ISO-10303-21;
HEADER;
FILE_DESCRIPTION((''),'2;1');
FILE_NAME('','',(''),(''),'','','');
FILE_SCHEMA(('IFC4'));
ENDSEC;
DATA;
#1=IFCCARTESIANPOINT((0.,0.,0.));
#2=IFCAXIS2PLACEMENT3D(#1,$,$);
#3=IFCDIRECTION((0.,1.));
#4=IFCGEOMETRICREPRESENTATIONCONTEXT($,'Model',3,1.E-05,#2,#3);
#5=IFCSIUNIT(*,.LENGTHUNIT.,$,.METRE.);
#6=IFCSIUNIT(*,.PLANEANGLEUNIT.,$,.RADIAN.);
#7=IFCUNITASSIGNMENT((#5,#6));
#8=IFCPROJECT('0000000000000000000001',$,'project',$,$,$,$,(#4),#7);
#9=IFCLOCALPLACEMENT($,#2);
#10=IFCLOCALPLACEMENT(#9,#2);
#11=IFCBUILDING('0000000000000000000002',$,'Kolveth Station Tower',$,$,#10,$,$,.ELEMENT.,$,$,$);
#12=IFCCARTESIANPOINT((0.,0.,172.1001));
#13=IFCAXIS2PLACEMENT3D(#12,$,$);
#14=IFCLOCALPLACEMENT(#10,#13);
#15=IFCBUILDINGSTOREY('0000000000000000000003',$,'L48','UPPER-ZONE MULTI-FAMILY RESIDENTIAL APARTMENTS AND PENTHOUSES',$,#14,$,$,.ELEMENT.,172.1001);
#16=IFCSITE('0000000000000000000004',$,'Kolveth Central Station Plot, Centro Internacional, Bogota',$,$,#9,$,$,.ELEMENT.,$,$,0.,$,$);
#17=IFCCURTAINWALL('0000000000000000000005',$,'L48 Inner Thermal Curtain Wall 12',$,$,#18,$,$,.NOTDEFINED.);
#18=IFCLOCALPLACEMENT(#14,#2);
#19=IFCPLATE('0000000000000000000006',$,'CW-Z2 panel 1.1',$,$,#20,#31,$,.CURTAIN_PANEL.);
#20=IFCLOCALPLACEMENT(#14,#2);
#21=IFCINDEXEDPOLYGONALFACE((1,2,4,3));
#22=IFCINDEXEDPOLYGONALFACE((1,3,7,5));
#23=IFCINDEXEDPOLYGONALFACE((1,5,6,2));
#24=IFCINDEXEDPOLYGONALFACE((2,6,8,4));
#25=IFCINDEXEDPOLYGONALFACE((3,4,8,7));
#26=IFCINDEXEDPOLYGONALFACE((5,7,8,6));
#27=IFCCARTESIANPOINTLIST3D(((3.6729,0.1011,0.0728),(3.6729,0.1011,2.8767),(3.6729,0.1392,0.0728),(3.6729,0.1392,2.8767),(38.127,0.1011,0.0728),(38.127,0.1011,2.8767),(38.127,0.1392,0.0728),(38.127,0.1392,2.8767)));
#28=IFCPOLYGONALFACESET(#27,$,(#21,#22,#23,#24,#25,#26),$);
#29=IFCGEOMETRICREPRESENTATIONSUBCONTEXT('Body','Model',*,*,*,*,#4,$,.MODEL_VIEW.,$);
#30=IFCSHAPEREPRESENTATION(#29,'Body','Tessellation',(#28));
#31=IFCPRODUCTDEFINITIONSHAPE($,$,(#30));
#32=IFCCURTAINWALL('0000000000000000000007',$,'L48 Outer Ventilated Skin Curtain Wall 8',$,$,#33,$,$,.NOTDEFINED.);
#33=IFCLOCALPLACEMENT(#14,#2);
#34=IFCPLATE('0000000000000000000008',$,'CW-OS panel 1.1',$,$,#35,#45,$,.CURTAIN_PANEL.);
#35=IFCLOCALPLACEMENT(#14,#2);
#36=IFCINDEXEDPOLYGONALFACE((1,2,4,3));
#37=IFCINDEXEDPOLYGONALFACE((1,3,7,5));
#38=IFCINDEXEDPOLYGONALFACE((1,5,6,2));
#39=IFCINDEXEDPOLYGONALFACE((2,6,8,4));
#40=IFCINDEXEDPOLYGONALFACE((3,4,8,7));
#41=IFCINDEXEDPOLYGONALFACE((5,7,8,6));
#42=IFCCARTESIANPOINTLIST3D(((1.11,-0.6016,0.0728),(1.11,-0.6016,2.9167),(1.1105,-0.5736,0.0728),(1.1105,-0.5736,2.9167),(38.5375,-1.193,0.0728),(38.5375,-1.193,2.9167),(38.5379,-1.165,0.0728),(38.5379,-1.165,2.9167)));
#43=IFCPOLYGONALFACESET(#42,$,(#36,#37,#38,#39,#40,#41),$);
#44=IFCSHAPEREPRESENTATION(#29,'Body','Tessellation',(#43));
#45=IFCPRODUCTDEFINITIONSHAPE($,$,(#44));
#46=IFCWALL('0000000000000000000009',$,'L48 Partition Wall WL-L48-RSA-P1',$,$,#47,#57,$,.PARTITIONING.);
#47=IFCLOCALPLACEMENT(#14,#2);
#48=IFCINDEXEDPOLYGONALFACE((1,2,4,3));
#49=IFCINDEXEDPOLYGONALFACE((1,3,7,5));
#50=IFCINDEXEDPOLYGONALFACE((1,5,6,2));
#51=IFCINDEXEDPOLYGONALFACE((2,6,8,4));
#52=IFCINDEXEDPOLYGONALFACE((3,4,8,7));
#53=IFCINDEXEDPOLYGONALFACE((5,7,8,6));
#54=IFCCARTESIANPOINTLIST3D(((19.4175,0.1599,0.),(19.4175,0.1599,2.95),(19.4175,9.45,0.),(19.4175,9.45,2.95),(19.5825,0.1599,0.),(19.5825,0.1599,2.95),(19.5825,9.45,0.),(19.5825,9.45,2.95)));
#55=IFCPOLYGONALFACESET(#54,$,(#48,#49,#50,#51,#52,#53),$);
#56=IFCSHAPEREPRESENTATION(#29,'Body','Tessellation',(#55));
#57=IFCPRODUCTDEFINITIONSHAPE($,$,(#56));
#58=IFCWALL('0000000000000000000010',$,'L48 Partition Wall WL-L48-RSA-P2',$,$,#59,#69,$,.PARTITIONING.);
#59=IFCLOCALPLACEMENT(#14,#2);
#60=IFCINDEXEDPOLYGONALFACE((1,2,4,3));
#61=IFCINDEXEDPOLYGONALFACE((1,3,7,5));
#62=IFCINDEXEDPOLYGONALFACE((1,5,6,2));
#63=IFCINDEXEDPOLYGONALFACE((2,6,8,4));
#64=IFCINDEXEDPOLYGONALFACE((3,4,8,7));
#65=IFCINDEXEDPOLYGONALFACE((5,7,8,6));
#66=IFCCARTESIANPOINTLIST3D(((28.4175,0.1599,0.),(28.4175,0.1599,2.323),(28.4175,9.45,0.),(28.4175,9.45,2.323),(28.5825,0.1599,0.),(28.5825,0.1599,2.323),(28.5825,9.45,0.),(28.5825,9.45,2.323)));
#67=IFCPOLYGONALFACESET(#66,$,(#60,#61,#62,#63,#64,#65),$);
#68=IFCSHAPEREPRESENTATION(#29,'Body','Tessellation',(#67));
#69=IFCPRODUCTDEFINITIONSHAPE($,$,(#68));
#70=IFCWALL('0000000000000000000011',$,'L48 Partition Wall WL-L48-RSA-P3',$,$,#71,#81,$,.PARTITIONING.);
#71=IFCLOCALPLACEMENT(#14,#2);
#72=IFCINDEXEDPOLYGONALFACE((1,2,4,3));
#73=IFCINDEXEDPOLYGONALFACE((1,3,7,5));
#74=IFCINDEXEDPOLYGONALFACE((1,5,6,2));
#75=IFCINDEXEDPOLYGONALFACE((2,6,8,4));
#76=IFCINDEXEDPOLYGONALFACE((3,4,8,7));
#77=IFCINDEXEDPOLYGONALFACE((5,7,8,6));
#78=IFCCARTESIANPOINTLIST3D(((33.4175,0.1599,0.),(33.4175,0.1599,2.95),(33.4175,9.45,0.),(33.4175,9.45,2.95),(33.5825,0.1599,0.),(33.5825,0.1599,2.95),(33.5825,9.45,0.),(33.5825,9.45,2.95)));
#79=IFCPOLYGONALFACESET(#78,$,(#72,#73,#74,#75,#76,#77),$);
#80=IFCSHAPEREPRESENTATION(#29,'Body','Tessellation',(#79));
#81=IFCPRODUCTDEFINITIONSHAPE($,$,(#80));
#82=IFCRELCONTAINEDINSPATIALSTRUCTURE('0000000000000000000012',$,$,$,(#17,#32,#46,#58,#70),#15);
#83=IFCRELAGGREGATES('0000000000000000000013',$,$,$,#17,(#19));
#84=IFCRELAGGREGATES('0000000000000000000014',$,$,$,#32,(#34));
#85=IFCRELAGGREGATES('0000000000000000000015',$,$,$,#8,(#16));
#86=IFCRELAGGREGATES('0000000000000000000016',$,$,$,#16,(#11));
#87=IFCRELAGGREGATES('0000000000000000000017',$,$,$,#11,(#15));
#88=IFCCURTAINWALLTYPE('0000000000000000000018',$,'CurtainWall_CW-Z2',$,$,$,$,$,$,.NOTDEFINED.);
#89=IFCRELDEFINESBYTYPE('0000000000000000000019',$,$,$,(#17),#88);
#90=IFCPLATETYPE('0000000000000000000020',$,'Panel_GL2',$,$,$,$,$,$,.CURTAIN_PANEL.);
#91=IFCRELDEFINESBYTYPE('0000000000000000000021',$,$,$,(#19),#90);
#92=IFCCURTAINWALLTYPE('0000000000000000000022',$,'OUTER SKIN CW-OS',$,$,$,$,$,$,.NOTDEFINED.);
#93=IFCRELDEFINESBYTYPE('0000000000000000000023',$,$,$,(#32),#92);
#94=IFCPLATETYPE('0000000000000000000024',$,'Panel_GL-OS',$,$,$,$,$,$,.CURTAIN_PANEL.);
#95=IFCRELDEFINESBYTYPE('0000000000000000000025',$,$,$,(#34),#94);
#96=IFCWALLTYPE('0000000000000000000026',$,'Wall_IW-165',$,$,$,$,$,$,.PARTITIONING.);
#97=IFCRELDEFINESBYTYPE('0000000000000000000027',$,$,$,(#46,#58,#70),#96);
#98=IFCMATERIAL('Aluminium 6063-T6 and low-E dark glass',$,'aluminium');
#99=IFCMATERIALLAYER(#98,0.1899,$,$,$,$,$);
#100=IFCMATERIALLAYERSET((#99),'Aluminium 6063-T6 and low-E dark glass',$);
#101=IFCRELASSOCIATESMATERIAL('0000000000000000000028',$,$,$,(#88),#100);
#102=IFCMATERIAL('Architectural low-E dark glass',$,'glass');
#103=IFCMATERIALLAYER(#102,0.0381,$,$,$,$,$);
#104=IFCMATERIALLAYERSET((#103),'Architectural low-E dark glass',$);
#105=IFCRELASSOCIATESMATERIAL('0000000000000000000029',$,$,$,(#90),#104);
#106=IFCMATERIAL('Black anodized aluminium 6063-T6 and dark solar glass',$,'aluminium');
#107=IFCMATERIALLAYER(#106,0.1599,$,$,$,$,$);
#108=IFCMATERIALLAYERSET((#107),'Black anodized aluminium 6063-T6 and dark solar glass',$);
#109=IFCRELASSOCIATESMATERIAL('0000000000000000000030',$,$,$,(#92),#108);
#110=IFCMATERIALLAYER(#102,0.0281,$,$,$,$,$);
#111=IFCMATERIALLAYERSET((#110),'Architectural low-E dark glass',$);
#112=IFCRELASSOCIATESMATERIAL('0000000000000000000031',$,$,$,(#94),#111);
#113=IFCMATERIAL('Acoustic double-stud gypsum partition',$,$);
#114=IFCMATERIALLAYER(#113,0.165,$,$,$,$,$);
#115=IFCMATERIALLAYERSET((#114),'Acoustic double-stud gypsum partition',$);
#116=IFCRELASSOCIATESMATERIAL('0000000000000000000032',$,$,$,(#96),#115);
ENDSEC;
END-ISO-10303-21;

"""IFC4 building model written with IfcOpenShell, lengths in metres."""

from ifc_helpers import new_model, si_unit, direction, frame, frame_2d, origin, origin_2d, place, context, subcontext, project, spatial, rectangle, extrude, source, transform, mapped, material, layer, layer_set, type_object, element, aggregate, save


model = new_model("IFC4")

# Units and contexts
model_context = context("Model", 3, precision=1e-05, world=origin(), true_north=direction((0.0, 1.0)))
body_context = subcontext(model_context, "Body", "Model", "MODEL_VIEW")
ifc_project = project(units=[si_unit("LENGTHUNIT", "METRE"), si_unit("PLANEANGLEUNIT", "RADIAN")], contexts=[model_context])

# Site, building, storey
site_placement = place(None, origin())
site = spatial("IfcSite", under=ifc_project, at=site_placement, Name="Kolveth Central Station Plot, Centro Internacional, Bogota", CompositionType="ELEMENT", RefElevation=0.0)
building_placement = place(site_placement, origin())
building = spatial("IfcBuilding", under=site, at=building_placement, Name="Kolveth Station Tower", CompositionType="ELEMENT")
storey_placement = place(building_placement, frame((0.0, 0.0, 172.1001)))
storey = spatial("IfcBuildingStorey", under=building, at=storey_placement, Name="L48", Description="UPPER-ZONE MULTI-FAMILY RESIDENTIAL APARTMENTS AND PENTHOUSES", CompositionType="ELEMENT", Elevation=172.1001)

# Curtain walls, plates
ifc_material_1 = material(Name="Aluminium 6063-T6 and low-E dark glass", Category="aluminium")
ifc_layer_1 = layer(ifc_material_1, 0.1899)
ifc_layer_set_1 = layer_set([ifc_layer_1], Name="Aluminium 6063-T6 and low-E dark glass")
curtain_wall_type_1 = type_object("IfcCurtainWallType", Name="CurtainWall_CW-Z2", PredefinedType="NOTDEFINED", material=ifc_layer_set_1)
curtain_wall_1_placement = place(storey_placement, origin())
curtain_wall_1 = element("IfcCurtainWall", 1, at=curtain_wall_1_placement, inside=storey, type_object=curtain_wall_type_1, Name="L48 Inner Thermal Curtain Wall 12", PredefinedType="NOTDEFINED")
ifc_material_2 = material(Name="Architectural low-E dark glass", Category="glass")
ifc_layer_2 = layer(ifc_material_2, 0.0381)
ifc_layer_set_2 = layer_set([ifc_layer_2], Name="Architectural low-E dark glass")
plate_type_1 = type_object("IfcPlateType", Name="Panel_GL2", PredefinedType="CURTAIN_PANEL", material=ifc_layer_set_2)
shared_shape_1 = source(origin(), body_context, "Body", "SweptSolid", [
    extrude(rectangle(XDim=34.4541, YDim=0.0381, at=origin_2d()), origin(), (0.0, 0.0, 1.0), 2.804),
])
plate_1_placement = place(storey_placement, frame((20.8999, 0.1201, 0.0728), z_axis=(0.0, 0.0, 1.0), x_axis=(1.0, 0.0, 0.0)))
plate_1 = element("IfcPlate", 2, at=plate_1_placement, type_object=plate_type_1, Name="CW-Z2 panel 1.1", PredefinedType="CURTAIN_PANEL", context=body_context, shape_type="MappedRepresentation", body=[
    mapped(shared_shape_1, transform((0.0, 0.0, 0.0), x_axis=(1.0, 0.0, 0.0), y_axis=(0.0, 1.0, 0.0), z_axis=(0.0, 0.0, 1.0), scale=1.0)),
])
aggregate(curtain_wall_1, [plate_1])
ifc_material_3 = material(Name="Black anodized aluminium 6063-T6 and dark solar glass", Category="aluminium")
ifc_layer_3 = layer(ifc_material_3, 0.1599)
ifc_layer_set_3 = layer_set([ifc_layer_3], Name="Black anodized aluminium 6063-T6 and dark solar glass")
curtain_wall_type_2 = type_object("IfcCurtainWallType", Name="OUTER SKIN CW-OS", PredefinedType="NOTDEFINED", material=ifc_layer_set_3)
curtain_wall_2_placement = place(storey_placement, origin())
curtain_wall_2 = element("IfcCurtainWall", 3, at=curtain_wall_2_placement, inside=storey, type_object=curtain_wall_type_2, Name="L48 Outer Ventilated Skin Curtain Wall 8", PredefinedType="NOTDEFINED")
ifc_layer_4 = layer(ifc_material_2, 0.0281)
ifc_layer_set_4 = layer_set([ifc_layer_4], Name="Architectural low-E dark glass")
plate_type_2 = type_object("IfcPlateType", Name="Panel_GL-OS", PredefinedType="CURTAIN_PANEL", material=ifc_layer_set_4)
shared_shape_2 = source(origin(), body_context, "Body", "SweptSolid", [
    extrude(rectangle(XDim=37.4321, YDim=0.0281, at=origin_2d()), origin(), (0.0, 0.0, 1.0), 2.844),
])
plate_2_placement = place(storey_placement, frame((19.824, -0.8833, 0.0728), z_axis=(0.0, 0.0, 1.0), x_axis=(0.999875, -0.015799, 0.0)))
plate_2 = element("IfcPlate", 4, at=plate_2_placement, type_object=plate_type_2, Name="CW-OS panel 1.1", PredefinedType="CURTAIN_PANEL", context=body_context, shape_type="MappedRepresentation", body=[
    mapped(shared_shape_2, transform((0.0, 0.0, 0.0), x_axis=(1.0, 0.0, 0.0), y_axis=(0.0, 1.0, 0.0), z_axis=(0.0, 0.0, 1.0), scale=1.0)),
])
aggregate(curtain_wall_2, [plate_2])

# Walls
ifc_material_4 = material(Name="Acoustic double-stud gypsum partition")
ifc_layer_5 = layer(ifc_material_4, 0.165)
ifc_layer_set_5 = layer_set([ifc_layer_5], Name="Acoustic double-stud gypsum partition")
wall_type = type_object("IfcWallType", Name="Wall_IW-165", PredefinedType="PARTITIONING", material=ifc_layer_set_5)
wall_1_placement = place(storey_placement, frame((19.5, 0.1599, 0.0), z_axis=(0.0, 0.0, 1.0), x_axis=(0.0, 1.0, 0.0)))
element("IfcWall", 5, at=wall_1_placement, inside=storey, type_object=wall_type, Name="L48 Partition Wall WL-L48-RSA-P1", PredefinedType="PARTITIONING", context=body_context, shape_type="SweptSolid", body=[
    extrude(rectangle(XDim=9.29, YDim=0.165, at=frame_2d((4.645, 0.0))), origin(), (0.0, 0.0, 1.0), 2.95),
])
wall_2_placement = place(storey_placement, frame((28.5, 0.1599, 0.0), z_axis=(0.0, 0.0, 1.0), x_axis=(0.0, 1.0, 0.0)))
element("IfcWall", 6, at=wall_2_placement, inside=storey, type_object=wall_type, Name="L48 Partition Wall WL-L48-RSA-P2", PredefinedType="PARTITIONING", context=body_context, shape_type="SweptSolid", body=[
    extrude(rectangle(XDim=9.29, YDim=0.165, at=frame_2d((4.645, 0.0))), origin(), (0.0, 0.0, 1.0), 2.323),
])
wall_3_placement = place(storey_placement, frame((33.5, 0.1599, 0.0), z_axis=(0.0, 0.0, 1.0), x_axis=(0.0, 1.0, 0.0)))
element("IfcWall", 7, at=wall_3_placement, inside=storey, type_object=wall_type, Name="L48 Partition Wall WL-L48-RSA-P3", PredefinedType="PARTITIONING", context=body_context, shape_type="SweptSolid", body=[
    extrude(rectangle(XDim=9.29, YDim=0.165, at=frame_2d((4.645, 0.0))), origin(), (0.0, 0.0, 1.0), 2.95),
])

save(model, "model.ifc")
